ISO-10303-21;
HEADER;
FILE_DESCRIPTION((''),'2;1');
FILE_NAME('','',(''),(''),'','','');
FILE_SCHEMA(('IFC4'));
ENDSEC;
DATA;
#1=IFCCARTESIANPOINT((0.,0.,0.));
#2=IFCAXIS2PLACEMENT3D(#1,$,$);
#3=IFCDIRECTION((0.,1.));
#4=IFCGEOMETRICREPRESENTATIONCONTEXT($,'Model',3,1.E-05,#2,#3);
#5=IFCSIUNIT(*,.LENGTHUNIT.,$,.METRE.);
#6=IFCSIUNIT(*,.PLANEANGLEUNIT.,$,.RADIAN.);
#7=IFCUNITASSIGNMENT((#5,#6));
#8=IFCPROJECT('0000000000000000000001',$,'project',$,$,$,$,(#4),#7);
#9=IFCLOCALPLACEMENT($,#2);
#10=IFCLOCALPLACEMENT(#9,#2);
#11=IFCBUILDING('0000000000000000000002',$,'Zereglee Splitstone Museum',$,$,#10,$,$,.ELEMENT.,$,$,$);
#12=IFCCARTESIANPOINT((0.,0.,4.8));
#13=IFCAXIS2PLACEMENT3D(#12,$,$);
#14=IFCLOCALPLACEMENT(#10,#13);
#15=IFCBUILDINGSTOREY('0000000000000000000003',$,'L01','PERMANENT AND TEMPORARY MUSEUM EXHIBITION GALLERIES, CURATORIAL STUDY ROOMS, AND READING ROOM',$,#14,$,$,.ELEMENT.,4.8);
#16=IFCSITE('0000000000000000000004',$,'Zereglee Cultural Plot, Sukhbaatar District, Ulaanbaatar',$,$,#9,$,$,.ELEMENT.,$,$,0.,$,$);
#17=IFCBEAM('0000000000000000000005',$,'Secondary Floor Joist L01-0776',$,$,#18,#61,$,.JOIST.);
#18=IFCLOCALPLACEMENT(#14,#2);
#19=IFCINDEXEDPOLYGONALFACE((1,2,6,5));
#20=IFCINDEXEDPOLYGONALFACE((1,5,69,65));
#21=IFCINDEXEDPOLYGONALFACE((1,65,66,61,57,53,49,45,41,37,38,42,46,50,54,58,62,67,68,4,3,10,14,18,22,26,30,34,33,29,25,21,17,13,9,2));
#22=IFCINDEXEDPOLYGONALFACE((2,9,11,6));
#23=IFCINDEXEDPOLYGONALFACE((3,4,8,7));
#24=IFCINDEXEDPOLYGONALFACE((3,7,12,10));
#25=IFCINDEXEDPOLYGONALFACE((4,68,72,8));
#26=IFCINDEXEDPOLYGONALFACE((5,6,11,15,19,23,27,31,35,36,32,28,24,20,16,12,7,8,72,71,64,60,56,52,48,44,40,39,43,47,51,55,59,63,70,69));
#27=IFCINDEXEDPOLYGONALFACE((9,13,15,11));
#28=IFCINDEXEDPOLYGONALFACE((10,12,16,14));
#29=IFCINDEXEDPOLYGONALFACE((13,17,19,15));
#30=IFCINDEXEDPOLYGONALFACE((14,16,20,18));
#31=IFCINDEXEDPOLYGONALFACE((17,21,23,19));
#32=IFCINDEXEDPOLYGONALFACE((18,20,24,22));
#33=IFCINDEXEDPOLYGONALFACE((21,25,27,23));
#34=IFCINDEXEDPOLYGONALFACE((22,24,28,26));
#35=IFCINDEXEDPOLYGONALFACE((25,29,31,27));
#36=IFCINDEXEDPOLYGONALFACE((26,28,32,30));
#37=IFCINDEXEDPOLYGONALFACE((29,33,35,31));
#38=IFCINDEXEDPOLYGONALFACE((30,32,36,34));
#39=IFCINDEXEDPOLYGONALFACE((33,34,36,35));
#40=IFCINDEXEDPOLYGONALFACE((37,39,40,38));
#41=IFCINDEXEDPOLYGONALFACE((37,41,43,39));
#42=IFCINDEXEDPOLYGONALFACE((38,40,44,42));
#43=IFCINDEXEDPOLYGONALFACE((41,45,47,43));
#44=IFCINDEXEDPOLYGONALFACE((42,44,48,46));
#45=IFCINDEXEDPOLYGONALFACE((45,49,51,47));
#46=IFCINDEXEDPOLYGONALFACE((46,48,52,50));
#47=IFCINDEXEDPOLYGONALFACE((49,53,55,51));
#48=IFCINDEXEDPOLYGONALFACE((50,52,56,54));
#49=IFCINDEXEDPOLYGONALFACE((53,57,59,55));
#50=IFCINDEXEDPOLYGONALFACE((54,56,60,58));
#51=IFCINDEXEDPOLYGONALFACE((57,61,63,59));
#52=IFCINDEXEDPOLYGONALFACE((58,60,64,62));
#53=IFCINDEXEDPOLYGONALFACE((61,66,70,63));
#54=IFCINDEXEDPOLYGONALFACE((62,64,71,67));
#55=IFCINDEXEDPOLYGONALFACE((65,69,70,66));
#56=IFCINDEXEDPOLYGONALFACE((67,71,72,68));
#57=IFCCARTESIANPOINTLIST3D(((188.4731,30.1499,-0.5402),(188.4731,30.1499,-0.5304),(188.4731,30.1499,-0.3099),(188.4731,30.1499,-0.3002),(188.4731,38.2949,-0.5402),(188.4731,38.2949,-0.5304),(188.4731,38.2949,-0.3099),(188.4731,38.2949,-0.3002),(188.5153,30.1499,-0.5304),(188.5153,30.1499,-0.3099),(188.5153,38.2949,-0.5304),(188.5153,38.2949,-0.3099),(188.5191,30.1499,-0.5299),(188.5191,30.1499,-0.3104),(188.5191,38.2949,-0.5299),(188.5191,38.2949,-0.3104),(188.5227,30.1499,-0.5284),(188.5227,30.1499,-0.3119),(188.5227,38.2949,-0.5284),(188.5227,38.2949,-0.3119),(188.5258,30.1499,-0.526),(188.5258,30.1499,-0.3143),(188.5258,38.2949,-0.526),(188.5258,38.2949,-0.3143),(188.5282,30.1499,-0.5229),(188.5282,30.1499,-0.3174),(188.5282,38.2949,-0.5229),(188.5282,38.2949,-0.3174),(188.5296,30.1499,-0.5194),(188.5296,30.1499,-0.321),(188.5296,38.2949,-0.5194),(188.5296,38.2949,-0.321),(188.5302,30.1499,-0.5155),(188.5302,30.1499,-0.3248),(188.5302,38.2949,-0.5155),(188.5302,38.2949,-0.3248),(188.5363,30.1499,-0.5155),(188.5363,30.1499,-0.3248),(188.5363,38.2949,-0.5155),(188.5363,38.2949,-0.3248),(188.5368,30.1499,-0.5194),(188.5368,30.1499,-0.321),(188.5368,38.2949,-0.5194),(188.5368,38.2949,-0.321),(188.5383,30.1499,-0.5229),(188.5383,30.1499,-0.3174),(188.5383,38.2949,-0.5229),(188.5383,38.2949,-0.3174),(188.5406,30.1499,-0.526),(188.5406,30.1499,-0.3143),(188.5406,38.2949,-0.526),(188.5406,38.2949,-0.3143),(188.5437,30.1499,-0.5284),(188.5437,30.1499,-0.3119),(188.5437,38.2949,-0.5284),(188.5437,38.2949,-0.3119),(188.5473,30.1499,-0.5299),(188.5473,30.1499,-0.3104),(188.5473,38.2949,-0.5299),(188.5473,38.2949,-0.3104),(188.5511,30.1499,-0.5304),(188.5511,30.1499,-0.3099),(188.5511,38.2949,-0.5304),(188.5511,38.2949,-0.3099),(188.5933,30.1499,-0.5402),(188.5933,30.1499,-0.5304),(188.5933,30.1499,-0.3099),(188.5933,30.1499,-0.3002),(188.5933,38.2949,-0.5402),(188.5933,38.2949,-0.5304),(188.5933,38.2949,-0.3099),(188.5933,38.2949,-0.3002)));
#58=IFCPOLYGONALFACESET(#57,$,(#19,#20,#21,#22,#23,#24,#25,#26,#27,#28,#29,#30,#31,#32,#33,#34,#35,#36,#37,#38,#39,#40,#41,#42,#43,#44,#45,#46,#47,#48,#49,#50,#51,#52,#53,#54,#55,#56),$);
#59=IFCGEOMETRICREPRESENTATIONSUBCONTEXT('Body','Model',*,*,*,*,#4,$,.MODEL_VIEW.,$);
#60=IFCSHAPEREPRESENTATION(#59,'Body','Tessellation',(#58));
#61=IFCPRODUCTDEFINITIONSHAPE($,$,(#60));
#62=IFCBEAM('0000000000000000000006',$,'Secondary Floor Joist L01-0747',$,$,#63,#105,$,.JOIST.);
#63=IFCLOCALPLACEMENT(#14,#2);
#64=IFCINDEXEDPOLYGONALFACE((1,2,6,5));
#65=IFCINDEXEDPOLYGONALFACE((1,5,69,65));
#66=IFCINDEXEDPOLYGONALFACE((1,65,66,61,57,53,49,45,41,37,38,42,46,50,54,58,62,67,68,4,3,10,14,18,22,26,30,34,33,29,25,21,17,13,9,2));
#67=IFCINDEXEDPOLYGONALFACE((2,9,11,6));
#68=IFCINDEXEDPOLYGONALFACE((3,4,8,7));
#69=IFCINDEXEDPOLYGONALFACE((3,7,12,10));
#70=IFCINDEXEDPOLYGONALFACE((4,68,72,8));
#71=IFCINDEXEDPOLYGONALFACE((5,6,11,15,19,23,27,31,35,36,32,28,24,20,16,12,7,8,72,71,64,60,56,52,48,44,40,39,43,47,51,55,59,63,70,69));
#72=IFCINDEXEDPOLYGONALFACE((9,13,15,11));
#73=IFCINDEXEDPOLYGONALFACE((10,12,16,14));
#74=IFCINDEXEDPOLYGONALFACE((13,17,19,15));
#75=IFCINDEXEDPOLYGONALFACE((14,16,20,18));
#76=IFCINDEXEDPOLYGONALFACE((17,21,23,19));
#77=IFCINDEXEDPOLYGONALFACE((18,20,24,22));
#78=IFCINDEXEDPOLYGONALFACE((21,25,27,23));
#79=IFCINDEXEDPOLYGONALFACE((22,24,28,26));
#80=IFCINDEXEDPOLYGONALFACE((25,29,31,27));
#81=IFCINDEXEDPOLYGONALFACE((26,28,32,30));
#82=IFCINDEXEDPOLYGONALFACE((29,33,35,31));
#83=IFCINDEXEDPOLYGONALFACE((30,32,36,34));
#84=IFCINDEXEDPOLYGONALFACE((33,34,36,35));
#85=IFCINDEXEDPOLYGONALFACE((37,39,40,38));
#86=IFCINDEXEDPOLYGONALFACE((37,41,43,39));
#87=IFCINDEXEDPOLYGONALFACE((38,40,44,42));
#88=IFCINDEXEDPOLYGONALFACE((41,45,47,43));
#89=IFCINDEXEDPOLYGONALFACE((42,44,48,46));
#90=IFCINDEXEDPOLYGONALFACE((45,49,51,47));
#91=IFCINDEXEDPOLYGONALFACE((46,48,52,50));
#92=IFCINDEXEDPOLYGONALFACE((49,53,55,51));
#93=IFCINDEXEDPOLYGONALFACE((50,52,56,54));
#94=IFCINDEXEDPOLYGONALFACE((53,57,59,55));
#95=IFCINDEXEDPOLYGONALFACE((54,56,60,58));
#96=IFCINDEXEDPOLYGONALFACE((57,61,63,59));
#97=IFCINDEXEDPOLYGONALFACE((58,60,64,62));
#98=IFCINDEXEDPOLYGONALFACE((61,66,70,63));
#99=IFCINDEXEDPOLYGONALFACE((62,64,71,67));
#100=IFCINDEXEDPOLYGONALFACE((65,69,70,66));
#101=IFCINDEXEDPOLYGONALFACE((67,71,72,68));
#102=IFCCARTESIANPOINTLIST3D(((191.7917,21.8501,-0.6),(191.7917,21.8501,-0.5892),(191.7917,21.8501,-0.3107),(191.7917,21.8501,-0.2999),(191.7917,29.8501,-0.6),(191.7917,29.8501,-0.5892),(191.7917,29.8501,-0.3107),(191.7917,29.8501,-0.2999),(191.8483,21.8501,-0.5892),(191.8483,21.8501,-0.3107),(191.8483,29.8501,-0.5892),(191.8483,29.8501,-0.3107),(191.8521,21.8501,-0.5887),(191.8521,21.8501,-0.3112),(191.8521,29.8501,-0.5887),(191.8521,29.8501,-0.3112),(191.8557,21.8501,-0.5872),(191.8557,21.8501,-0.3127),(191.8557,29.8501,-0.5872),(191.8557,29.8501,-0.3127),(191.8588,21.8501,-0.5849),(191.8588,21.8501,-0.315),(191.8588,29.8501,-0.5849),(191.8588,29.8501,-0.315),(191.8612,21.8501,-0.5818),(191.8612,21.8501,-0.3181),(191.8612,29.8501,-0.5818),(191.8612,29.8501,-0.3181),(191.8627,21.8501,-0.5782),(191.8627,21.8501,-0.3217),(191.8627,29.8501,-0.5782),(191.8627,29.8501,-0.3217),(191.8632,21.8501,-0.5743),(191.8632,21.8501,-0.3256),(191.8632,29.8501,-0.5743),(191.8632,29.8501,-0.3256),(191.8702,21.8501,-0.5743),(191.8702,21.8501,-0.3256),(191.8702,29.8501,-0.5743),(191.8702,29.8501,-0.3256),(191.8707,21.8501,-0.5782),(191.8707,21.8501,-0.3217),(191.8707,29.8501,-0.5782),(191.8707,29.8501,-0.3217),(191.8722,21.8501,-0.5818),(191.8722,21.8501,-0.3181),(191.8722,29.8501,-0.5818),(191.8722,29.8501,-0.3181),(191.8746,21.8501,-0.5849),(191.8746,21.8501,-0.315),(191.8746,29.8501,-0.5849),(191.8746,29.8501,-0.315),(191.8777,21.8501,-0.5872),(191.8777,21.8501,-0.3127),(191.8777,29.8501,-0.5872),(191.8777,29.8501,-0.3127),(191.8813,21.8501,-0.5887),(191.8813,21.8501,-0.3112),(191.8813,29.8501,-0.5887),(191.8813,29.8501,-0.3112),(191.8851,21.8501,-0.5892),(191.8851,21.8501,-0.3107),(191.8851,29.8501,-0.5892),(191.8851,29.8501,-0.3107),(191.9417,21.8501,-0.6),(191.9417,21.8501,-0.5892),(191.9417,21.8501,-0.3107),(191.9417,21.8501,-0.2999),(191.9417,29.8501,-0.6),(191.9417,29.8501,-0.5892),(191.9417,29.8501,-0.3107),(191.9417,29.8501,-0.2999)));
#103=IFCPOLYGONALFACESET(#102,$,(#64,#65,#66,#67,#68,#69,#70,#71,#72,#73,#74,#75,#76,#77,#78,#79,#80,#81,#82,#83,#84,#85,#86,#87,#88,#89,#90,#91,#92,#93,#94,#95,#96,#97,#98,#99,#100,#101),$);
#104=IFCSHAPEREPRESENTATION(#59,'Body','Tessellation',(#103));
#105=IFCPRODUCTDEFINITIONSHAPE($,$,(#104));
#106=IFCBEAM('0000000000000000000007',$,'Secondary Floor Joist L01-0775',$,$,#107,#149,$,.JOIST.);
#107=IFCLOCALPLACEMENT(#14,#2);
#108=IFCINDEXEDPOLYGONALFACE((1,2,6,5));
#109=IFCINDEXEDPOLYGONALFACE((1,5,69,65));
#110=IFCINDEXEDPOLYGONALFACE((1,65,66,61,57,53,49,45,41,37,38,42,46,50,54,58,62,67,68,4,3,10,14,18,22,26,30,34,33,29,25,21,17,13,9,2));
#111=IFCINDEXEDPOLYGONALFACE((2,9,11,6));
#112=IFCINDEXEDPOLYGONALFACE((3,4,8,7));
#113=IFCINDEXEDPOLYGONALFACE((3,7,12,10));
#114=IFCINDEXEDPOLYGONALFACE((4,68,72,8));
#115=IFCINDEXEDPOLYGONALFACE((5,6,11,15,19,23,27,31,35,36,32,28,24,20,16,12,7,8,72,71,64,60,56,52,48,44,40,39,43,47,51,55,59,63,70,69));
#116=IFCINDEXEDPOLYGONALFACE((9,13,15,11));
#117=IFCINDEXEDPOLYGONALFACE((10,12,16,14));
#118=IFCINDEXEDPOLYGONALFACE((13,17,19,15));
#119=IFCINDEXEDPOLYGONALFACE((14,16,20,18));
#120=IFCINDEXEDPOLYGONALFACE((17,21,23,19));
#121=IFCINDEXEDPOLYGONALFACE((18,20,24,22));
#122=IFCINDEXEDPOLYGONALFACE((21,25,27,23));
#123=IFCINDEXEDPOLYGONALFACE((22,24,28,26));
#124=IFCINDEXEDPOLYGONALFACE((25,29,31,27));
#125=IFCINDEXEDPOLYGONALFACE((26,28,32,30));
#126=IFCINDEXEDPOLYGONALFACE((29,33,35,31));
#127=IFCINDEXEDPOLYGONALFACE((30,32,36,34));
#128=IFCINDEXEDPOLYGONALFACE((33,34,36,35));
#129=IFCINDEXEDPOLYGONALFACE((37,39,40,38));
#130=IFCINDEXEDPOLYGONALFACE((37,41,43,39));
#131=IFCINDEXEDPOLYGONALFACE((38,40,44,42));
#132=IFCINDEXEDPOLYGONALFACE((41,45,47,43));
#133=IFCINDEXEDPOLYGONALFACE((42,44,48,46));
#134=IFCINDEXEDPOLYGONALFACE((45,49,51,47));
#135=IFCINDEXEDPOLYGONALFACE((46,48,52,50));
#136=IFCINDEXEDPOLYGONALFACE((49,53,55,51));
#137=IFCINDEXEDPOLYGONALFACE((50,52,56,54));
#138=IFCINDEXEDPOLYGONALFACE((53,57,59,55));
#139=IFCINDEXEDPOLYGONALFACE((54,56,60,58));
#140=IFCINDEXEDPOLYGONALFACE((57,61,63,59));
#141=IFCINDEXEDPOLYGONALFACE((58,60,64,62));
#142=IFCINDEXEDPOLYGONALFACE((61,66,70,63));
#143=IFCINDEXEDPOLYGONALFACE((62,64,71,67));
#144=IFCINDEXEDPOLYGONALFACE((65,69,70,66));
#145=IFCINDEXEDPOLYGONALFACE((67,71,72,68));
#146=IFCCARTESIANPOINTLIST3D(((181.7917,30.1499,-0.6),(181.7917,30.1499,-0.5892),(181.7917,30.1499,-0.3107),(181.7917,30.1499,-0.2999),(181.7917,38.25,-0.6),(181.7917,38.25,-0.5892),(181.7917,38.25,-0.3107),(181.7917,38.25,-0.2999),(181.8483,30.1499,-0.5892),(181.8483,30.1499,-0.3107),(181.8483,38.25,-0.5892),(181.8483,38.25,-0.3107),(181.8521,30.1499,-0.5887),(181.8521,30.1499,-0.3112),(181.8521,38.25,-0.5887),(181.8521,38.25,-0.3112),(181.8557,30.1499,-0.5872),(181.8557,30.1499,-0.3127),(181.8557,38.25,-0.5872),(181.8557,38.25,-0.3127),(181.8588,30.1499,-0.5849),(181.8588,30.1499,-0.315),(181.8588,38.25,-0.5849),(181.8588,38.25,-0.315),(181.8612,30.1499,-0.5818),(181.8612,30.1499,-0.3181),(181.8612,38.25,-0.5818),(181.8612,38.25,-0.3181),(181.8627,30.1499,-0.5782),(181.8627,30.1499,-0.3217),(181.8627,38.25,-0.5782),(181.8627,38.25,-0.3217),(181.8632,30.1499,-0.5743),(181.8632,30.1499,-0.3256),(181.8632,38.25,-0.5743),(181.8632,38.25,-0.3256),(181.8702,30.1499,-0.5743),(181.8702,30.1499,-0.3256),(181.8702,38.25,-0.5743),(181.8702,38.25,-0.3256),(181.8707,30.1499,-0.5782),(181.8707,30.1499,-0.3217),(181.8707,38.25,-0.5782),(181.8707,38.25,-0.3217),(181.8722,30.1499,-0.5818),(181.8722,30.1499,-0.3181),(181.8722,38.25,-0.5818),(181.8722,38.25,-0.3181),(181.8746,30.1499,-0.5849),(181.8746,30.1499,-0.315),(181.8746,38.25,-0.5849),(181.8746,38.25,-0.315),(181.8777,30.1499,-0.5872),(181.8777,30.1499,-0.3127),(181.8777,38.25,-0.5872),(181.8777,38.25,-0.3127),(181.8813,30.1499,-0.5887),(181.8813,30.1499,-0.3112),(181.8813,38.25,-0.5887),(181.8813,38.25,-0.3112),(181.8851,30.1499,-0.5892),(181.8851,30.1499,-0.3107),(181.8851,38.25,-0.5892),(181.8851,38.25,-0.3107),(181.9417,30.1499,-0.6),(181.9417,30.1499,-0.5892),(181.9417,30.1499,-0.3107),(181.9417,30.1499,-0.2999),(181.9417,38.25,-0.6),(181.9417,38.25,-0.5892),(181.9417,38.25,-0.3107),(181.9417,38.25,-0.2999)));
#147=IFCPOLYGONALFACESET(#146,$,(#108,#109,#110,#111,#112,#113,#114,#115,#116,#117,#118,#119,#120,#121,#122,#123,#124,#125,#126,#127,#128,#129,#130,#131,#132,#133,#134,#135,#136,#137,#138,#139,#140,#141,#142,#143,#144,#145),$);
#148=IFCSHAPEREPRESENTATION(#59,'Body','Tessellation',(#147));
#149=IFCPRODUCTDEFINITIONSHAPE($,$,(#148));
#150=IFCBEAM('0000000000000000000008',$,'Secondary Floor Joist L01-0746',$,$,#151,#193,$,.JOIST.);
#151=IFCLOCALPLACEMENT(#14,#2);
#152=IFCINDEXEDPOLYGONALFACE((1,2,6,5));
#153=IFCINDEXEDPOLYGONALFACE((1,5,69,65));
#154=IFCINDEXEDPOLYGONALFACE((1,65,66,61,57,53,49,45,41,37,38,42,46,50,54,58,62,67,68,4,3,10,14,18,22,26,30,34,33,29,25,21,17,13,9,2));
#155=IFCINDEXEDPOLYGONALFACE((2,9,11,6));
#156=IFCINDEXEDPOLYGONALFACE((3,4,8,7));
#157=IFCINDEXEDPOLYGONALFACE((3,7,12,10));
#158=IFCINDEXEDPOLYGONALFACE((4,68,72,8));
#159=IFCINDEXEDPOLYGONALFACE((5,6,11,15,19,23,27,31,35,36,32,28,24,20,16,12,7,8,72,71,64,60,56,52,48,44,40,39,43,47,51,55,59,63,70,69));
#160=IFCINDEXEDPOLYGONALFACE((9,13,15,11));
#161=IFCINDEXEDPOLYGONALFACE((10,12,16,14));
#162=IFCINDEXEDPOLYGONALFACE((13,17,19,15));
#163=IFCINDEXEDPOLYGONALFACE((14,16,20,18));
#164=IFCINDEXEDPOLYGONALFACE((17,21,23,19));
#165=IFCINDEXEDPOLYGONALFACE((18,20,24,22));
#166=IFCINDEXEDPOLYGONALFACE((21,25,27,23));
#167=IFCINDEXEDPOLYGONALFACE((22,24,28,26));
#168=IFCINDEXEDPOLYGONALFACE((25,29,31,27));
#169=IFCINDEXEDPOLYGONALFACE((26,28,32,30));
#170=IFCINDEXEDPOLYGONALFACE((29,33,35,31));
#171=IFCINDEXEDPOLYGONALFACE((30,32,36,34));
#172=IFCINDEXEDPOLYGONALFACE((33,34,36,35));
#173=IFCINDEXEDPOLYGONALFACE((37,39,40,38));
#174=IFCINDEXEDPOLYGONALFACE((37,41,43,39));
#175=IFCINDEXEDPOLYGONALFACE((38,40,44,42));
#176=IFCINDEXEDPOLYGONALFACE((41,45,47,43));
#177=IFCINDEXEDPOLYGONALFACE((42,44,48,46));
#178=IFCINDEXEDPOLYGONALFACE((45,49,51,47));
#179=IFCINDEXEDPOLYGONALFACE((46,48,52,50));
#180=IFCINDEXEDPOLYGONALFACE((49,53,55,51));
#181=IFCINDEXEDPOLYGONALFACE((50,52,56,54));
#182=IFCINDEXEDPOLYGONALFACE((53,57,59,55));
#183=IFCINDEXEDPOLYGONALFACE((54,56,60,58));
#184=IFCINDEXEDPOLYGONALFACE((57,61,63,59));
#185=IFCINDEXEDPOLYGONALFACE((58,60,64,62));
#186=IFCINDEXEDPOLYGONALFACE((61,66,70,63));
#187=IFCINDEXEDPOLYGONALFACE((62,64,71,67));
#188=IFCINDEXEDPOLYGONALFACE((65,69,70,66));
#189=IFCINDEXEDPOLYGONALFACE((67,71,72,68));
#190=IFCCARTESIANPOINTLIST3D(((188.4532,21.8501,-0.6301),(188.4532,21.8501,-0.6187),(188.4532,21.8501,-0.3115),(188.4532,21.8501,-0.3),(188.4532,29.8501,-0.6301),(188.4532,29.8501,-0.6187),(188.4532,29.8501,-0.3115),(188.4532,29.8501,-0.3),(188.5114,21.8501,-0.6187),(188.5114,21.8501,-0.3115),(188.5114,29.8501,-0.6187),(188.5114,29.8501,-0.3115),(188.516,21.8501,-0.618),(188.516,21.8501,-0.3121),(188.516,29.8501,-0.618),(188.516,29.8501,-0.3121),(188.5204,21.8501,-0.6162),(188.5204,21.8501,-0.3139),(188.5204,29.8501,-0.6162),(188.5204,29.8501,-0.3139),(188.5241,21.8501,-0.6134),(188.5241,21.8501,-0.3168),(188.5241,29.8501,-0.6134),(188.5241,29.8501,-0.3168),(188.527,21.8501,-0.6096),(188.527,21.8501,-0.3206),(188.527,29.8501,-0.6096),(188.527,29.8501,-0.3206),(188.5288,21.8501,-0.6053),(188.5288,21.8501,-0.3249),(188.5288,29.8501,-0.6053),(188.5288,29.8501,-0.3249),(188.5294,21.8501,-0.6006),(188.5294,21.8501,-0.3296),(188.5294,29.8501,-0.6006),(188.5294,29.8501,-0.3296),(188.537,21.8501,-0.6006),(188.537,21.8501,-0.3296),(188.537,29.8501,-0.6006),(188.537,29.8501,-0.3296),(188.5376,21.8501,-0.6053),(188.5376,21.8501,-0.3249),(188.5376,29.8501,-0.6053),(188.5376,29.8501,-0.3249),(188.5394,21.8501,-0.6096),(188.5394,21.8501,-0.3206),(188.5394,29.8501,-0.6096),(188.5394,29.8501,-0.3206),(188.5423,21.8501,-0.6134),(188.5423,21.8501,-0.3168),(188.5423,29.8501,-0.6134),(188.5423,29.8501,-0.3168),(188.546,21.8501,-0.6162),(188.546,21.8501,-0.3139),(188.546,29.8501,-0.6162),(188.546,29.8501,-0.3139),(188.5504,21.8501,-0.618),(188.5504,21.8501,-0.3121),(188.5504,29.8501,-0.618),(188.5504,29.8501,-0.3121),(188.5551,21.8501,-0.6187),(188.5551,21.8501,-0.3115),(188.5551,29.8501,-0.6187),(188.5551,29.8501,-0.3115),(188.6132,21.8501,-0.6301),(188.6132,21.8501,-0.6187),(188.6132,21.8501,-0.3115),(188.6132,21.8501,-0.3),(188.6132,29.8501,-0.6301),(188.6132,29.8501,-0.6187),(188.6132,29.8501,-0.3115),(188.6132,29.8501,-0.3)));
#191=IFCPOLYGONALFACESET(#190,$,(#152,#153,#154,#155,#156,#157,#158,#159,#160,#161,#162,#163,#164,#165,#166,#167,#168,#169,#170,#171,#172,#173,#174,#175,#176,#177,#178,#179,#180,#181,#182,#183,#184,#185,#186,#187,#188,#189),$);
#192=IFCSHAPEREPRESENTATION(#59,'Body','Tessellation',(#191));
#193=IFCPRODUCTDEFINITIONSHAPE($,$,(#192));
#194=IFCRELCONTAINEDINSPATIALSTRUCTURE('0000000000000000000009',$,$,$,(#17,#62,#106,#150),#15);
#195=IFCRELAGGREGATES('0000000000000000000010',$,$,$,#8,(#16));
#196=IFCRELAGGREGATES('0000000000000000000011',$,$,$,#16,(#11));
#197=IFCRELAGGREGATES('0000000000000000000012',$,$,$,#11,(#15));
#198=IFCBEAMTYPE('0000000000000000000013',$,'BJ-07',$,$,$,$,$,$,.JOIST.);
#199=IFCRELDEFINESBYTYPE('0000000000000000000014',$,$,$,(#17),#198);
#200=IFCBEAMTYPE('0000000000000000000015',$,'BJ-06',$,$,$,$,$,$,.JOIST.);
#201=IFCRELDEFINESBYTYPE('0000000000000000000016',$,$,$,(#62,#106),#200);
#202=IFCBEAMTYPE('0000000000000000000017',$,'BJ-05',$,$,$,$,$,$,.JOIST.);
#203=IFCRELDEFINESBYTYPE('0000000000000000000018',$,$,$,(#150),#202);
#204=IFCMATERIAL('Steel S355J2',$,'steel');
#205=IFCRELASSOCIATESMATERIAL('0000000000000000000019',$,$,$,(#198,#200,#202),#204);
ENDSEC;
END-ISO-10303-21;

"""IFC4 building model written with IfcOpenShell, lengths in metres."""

from ifc_helpers import new_model, si_unit, direction, frame, origin, origin_2d, place, context, subcontext, project, spatial, i_section, extrude, material, material_profile, profile_set, type_object, element, save


model = new_model("IFC4")

# Units and contexts
model_context = context("Model", 3, precision=1e-05, world=origin(), true_north=direction((0.0, 1.0)))
body_context = subcontext(model_context, "Body", "Model", "MODEL_VIEW")
ifc_project = project(units=[si_unit("LENGTHUNIT", "METRE"), si_unit("PLANEANGLEUNIT", "RADIAN")], contexts=[model_context])

# Site, building, storey
site_placement = place(None, origin())
site = spatial("IfcSite", under=ifc_project, at=site_placement, Name="Zereglee Cultural Plot, Sukhbaatar District, Ulaanbaatar", CompositionType="ELEMENT", RefElevation=0.0)
building_placement = place(site_placement, origin())
building = spatial("IfcBuilding", under=site, at=building_placement, Name="Zereglee Splitstone Museum", CompositionType="ELEMENT")
storey_placement = place(building_placement, frame((0.0, 0.0, 4.8)))
storey = spatial("IfcBuildingStorey", under=building, at=storey_placement, Name="L01", Description="PERMANENT AND TEMPORARY MUSEUM EXHIBITION GALLERIES, CURATORIAL STUDY ROOMS, AND READING ROOM", CompositionType="ELEMENT", Elevation=4.8)

# Shared definitions
ifc_material_1 = material(Name="Steel S355J2", Category="steel")

# Beams
ifc_material_profile_1 = material_profile(ifc_material_1, i_section(OverallWidth=0.1201, OverallDepth=0.24, WebThickness=0.0061, FlangeThickness=0.0098, FilletRadius=0.0149, at=origin_2d()), Name="IPE 240")
ifc_profile_set_1 = profile_set([ifc_material_profile_1], Name="Steel S355J2")
beam_type_1 = type_object("IfcBeamType", Name="BJ-07", PredefinedType="JOIST", material=ifc_profile_set_1)
beam_1_placement = place(storey_placement, frame((188.5332, 30.1499, -0.4202), z_axis=(0.0, 1.0, 0.0), x_axis=(-1.0, 0.0, 0.0)))
element("IfcBeam", 1, at=beam_1_placement, inside=storey, type_object=beam_type_1, Name="Secondary Floor Joist L01-0776", PredefinedType="JOIST", context=body_context, shape_type="SweptSolid", body=[
    extrude(i_section(OverallWidth=0.1201, OverallDepth=0.24, WebThickness=0.0061, FlangeThickness=0.0098, FilletRadius=0.0149, at=origin_2d()), origin(), (0.0, 0.0, 1.0), 8.145),
])
ifc_material_profile_2 = material_profile(ifc_material_1, i_section(OverallWidth=0.1499, OverallDepth=0.3, WebThickness=0.0071, FlangeThickness=0.0107, FilletRadius=0.0149, at=origin_2d()), Name="IPE 300")
ifc_profile_set_2 = profile_set([ifc_material_profile_2], Name="Steel S355J2")
beam_type_2 = type_object("IfcBeamType", Name="BJ-06", PredefinedType="JOIST", material=ifc_profile_set_2)
beam_2_placement = place(storey_placement, frame((191.8667, 21.8501, -0.45), z_axis=(0.0, 1.0, 0.0), x_axis=(-1.0, 0.0, 0.0)))
element("IfcBeam", 2, at=beam_2_placement, inside=storey, type_object=beam_type_2, Name="Secondary Floor Joist L01-0747", PredefinedType="JOIST", context=body_context, shape_type="SweptSolid", body=[
    extrude(i_section(OverallWidth=0.1499, OverallDepth=0.3, WebThickness=0.0071, FlangeThickness=0.0107, FilletRadius=0.0149, at=origin_2d()), origin(), (0.0, 0.0, 1.0), 8.0),
])
beam_3_placement = place(storey_placement, frame((181.8667, 30.1499, -0.45), z_axis=(0.0, 1.0, 0.0), x_axis=(-1.0, 0.0, 0.0)))
element("IfcBeam", 3, at=beam_3_placement, inside=storey, type_object=beam_type_2, Name="Secondary Floor Joist L01-0775", PredefinedType="JOIST", context=body_context, shape_type="SweptSolid", body=[
    extrude(i_section(OverallWidth=0.1499, OverallDepth=0.3, WebThickness=0.0071, FlangeThickness=0.0107, FilletRadius=0.0149, at=origin_2d()), origin(), (0.0, 0.0, 1.0), 8.1001),
])
ifc_material_profile_3 = material_profile(ifc_material_1, i_section(OverallWidth=0.1599, OverallDepth=0.3301, WebThickness=0.0076, FlangeThickness=0.0115, FilletRadius=0.0181, at=origin_2d()), Name="IPE 330")
ifc_profile_set_3 = profile_set([ifc_material_profile_3], Name="Steel S355J2")
beam_type_3 = type_object("IfcBeamType", Name="BJ-05", PredefinedType="JOIST", material=ifc_profile_set_3)
beam_4_placement = place(storey_placement, frame((188.5332, 21.8501, -0.4651), z_axis=(0.0, 1.0, 0.0), x_axis=(-1.0, 0.0, 0.0)))
element("IfcBeam", 4, at=beam_4_placement, inside=storey, type_object=beam_type_3, Name="Secondary Floor Joist L01-0746", PredefinedType="JOIST", context=body_context, shape_type="SweptSolid", body=[
    extrude(i_section(OverallWidth=0.1599, OverallDepth=0.3301, WebThickness=0.0076, FlangeThickness=0.0115, FilletRadius=0.0181, at=origin_2d()), origin(), (0.0, 0.0, 1.0), 8.0),
])

save(model, "model.ifc")
